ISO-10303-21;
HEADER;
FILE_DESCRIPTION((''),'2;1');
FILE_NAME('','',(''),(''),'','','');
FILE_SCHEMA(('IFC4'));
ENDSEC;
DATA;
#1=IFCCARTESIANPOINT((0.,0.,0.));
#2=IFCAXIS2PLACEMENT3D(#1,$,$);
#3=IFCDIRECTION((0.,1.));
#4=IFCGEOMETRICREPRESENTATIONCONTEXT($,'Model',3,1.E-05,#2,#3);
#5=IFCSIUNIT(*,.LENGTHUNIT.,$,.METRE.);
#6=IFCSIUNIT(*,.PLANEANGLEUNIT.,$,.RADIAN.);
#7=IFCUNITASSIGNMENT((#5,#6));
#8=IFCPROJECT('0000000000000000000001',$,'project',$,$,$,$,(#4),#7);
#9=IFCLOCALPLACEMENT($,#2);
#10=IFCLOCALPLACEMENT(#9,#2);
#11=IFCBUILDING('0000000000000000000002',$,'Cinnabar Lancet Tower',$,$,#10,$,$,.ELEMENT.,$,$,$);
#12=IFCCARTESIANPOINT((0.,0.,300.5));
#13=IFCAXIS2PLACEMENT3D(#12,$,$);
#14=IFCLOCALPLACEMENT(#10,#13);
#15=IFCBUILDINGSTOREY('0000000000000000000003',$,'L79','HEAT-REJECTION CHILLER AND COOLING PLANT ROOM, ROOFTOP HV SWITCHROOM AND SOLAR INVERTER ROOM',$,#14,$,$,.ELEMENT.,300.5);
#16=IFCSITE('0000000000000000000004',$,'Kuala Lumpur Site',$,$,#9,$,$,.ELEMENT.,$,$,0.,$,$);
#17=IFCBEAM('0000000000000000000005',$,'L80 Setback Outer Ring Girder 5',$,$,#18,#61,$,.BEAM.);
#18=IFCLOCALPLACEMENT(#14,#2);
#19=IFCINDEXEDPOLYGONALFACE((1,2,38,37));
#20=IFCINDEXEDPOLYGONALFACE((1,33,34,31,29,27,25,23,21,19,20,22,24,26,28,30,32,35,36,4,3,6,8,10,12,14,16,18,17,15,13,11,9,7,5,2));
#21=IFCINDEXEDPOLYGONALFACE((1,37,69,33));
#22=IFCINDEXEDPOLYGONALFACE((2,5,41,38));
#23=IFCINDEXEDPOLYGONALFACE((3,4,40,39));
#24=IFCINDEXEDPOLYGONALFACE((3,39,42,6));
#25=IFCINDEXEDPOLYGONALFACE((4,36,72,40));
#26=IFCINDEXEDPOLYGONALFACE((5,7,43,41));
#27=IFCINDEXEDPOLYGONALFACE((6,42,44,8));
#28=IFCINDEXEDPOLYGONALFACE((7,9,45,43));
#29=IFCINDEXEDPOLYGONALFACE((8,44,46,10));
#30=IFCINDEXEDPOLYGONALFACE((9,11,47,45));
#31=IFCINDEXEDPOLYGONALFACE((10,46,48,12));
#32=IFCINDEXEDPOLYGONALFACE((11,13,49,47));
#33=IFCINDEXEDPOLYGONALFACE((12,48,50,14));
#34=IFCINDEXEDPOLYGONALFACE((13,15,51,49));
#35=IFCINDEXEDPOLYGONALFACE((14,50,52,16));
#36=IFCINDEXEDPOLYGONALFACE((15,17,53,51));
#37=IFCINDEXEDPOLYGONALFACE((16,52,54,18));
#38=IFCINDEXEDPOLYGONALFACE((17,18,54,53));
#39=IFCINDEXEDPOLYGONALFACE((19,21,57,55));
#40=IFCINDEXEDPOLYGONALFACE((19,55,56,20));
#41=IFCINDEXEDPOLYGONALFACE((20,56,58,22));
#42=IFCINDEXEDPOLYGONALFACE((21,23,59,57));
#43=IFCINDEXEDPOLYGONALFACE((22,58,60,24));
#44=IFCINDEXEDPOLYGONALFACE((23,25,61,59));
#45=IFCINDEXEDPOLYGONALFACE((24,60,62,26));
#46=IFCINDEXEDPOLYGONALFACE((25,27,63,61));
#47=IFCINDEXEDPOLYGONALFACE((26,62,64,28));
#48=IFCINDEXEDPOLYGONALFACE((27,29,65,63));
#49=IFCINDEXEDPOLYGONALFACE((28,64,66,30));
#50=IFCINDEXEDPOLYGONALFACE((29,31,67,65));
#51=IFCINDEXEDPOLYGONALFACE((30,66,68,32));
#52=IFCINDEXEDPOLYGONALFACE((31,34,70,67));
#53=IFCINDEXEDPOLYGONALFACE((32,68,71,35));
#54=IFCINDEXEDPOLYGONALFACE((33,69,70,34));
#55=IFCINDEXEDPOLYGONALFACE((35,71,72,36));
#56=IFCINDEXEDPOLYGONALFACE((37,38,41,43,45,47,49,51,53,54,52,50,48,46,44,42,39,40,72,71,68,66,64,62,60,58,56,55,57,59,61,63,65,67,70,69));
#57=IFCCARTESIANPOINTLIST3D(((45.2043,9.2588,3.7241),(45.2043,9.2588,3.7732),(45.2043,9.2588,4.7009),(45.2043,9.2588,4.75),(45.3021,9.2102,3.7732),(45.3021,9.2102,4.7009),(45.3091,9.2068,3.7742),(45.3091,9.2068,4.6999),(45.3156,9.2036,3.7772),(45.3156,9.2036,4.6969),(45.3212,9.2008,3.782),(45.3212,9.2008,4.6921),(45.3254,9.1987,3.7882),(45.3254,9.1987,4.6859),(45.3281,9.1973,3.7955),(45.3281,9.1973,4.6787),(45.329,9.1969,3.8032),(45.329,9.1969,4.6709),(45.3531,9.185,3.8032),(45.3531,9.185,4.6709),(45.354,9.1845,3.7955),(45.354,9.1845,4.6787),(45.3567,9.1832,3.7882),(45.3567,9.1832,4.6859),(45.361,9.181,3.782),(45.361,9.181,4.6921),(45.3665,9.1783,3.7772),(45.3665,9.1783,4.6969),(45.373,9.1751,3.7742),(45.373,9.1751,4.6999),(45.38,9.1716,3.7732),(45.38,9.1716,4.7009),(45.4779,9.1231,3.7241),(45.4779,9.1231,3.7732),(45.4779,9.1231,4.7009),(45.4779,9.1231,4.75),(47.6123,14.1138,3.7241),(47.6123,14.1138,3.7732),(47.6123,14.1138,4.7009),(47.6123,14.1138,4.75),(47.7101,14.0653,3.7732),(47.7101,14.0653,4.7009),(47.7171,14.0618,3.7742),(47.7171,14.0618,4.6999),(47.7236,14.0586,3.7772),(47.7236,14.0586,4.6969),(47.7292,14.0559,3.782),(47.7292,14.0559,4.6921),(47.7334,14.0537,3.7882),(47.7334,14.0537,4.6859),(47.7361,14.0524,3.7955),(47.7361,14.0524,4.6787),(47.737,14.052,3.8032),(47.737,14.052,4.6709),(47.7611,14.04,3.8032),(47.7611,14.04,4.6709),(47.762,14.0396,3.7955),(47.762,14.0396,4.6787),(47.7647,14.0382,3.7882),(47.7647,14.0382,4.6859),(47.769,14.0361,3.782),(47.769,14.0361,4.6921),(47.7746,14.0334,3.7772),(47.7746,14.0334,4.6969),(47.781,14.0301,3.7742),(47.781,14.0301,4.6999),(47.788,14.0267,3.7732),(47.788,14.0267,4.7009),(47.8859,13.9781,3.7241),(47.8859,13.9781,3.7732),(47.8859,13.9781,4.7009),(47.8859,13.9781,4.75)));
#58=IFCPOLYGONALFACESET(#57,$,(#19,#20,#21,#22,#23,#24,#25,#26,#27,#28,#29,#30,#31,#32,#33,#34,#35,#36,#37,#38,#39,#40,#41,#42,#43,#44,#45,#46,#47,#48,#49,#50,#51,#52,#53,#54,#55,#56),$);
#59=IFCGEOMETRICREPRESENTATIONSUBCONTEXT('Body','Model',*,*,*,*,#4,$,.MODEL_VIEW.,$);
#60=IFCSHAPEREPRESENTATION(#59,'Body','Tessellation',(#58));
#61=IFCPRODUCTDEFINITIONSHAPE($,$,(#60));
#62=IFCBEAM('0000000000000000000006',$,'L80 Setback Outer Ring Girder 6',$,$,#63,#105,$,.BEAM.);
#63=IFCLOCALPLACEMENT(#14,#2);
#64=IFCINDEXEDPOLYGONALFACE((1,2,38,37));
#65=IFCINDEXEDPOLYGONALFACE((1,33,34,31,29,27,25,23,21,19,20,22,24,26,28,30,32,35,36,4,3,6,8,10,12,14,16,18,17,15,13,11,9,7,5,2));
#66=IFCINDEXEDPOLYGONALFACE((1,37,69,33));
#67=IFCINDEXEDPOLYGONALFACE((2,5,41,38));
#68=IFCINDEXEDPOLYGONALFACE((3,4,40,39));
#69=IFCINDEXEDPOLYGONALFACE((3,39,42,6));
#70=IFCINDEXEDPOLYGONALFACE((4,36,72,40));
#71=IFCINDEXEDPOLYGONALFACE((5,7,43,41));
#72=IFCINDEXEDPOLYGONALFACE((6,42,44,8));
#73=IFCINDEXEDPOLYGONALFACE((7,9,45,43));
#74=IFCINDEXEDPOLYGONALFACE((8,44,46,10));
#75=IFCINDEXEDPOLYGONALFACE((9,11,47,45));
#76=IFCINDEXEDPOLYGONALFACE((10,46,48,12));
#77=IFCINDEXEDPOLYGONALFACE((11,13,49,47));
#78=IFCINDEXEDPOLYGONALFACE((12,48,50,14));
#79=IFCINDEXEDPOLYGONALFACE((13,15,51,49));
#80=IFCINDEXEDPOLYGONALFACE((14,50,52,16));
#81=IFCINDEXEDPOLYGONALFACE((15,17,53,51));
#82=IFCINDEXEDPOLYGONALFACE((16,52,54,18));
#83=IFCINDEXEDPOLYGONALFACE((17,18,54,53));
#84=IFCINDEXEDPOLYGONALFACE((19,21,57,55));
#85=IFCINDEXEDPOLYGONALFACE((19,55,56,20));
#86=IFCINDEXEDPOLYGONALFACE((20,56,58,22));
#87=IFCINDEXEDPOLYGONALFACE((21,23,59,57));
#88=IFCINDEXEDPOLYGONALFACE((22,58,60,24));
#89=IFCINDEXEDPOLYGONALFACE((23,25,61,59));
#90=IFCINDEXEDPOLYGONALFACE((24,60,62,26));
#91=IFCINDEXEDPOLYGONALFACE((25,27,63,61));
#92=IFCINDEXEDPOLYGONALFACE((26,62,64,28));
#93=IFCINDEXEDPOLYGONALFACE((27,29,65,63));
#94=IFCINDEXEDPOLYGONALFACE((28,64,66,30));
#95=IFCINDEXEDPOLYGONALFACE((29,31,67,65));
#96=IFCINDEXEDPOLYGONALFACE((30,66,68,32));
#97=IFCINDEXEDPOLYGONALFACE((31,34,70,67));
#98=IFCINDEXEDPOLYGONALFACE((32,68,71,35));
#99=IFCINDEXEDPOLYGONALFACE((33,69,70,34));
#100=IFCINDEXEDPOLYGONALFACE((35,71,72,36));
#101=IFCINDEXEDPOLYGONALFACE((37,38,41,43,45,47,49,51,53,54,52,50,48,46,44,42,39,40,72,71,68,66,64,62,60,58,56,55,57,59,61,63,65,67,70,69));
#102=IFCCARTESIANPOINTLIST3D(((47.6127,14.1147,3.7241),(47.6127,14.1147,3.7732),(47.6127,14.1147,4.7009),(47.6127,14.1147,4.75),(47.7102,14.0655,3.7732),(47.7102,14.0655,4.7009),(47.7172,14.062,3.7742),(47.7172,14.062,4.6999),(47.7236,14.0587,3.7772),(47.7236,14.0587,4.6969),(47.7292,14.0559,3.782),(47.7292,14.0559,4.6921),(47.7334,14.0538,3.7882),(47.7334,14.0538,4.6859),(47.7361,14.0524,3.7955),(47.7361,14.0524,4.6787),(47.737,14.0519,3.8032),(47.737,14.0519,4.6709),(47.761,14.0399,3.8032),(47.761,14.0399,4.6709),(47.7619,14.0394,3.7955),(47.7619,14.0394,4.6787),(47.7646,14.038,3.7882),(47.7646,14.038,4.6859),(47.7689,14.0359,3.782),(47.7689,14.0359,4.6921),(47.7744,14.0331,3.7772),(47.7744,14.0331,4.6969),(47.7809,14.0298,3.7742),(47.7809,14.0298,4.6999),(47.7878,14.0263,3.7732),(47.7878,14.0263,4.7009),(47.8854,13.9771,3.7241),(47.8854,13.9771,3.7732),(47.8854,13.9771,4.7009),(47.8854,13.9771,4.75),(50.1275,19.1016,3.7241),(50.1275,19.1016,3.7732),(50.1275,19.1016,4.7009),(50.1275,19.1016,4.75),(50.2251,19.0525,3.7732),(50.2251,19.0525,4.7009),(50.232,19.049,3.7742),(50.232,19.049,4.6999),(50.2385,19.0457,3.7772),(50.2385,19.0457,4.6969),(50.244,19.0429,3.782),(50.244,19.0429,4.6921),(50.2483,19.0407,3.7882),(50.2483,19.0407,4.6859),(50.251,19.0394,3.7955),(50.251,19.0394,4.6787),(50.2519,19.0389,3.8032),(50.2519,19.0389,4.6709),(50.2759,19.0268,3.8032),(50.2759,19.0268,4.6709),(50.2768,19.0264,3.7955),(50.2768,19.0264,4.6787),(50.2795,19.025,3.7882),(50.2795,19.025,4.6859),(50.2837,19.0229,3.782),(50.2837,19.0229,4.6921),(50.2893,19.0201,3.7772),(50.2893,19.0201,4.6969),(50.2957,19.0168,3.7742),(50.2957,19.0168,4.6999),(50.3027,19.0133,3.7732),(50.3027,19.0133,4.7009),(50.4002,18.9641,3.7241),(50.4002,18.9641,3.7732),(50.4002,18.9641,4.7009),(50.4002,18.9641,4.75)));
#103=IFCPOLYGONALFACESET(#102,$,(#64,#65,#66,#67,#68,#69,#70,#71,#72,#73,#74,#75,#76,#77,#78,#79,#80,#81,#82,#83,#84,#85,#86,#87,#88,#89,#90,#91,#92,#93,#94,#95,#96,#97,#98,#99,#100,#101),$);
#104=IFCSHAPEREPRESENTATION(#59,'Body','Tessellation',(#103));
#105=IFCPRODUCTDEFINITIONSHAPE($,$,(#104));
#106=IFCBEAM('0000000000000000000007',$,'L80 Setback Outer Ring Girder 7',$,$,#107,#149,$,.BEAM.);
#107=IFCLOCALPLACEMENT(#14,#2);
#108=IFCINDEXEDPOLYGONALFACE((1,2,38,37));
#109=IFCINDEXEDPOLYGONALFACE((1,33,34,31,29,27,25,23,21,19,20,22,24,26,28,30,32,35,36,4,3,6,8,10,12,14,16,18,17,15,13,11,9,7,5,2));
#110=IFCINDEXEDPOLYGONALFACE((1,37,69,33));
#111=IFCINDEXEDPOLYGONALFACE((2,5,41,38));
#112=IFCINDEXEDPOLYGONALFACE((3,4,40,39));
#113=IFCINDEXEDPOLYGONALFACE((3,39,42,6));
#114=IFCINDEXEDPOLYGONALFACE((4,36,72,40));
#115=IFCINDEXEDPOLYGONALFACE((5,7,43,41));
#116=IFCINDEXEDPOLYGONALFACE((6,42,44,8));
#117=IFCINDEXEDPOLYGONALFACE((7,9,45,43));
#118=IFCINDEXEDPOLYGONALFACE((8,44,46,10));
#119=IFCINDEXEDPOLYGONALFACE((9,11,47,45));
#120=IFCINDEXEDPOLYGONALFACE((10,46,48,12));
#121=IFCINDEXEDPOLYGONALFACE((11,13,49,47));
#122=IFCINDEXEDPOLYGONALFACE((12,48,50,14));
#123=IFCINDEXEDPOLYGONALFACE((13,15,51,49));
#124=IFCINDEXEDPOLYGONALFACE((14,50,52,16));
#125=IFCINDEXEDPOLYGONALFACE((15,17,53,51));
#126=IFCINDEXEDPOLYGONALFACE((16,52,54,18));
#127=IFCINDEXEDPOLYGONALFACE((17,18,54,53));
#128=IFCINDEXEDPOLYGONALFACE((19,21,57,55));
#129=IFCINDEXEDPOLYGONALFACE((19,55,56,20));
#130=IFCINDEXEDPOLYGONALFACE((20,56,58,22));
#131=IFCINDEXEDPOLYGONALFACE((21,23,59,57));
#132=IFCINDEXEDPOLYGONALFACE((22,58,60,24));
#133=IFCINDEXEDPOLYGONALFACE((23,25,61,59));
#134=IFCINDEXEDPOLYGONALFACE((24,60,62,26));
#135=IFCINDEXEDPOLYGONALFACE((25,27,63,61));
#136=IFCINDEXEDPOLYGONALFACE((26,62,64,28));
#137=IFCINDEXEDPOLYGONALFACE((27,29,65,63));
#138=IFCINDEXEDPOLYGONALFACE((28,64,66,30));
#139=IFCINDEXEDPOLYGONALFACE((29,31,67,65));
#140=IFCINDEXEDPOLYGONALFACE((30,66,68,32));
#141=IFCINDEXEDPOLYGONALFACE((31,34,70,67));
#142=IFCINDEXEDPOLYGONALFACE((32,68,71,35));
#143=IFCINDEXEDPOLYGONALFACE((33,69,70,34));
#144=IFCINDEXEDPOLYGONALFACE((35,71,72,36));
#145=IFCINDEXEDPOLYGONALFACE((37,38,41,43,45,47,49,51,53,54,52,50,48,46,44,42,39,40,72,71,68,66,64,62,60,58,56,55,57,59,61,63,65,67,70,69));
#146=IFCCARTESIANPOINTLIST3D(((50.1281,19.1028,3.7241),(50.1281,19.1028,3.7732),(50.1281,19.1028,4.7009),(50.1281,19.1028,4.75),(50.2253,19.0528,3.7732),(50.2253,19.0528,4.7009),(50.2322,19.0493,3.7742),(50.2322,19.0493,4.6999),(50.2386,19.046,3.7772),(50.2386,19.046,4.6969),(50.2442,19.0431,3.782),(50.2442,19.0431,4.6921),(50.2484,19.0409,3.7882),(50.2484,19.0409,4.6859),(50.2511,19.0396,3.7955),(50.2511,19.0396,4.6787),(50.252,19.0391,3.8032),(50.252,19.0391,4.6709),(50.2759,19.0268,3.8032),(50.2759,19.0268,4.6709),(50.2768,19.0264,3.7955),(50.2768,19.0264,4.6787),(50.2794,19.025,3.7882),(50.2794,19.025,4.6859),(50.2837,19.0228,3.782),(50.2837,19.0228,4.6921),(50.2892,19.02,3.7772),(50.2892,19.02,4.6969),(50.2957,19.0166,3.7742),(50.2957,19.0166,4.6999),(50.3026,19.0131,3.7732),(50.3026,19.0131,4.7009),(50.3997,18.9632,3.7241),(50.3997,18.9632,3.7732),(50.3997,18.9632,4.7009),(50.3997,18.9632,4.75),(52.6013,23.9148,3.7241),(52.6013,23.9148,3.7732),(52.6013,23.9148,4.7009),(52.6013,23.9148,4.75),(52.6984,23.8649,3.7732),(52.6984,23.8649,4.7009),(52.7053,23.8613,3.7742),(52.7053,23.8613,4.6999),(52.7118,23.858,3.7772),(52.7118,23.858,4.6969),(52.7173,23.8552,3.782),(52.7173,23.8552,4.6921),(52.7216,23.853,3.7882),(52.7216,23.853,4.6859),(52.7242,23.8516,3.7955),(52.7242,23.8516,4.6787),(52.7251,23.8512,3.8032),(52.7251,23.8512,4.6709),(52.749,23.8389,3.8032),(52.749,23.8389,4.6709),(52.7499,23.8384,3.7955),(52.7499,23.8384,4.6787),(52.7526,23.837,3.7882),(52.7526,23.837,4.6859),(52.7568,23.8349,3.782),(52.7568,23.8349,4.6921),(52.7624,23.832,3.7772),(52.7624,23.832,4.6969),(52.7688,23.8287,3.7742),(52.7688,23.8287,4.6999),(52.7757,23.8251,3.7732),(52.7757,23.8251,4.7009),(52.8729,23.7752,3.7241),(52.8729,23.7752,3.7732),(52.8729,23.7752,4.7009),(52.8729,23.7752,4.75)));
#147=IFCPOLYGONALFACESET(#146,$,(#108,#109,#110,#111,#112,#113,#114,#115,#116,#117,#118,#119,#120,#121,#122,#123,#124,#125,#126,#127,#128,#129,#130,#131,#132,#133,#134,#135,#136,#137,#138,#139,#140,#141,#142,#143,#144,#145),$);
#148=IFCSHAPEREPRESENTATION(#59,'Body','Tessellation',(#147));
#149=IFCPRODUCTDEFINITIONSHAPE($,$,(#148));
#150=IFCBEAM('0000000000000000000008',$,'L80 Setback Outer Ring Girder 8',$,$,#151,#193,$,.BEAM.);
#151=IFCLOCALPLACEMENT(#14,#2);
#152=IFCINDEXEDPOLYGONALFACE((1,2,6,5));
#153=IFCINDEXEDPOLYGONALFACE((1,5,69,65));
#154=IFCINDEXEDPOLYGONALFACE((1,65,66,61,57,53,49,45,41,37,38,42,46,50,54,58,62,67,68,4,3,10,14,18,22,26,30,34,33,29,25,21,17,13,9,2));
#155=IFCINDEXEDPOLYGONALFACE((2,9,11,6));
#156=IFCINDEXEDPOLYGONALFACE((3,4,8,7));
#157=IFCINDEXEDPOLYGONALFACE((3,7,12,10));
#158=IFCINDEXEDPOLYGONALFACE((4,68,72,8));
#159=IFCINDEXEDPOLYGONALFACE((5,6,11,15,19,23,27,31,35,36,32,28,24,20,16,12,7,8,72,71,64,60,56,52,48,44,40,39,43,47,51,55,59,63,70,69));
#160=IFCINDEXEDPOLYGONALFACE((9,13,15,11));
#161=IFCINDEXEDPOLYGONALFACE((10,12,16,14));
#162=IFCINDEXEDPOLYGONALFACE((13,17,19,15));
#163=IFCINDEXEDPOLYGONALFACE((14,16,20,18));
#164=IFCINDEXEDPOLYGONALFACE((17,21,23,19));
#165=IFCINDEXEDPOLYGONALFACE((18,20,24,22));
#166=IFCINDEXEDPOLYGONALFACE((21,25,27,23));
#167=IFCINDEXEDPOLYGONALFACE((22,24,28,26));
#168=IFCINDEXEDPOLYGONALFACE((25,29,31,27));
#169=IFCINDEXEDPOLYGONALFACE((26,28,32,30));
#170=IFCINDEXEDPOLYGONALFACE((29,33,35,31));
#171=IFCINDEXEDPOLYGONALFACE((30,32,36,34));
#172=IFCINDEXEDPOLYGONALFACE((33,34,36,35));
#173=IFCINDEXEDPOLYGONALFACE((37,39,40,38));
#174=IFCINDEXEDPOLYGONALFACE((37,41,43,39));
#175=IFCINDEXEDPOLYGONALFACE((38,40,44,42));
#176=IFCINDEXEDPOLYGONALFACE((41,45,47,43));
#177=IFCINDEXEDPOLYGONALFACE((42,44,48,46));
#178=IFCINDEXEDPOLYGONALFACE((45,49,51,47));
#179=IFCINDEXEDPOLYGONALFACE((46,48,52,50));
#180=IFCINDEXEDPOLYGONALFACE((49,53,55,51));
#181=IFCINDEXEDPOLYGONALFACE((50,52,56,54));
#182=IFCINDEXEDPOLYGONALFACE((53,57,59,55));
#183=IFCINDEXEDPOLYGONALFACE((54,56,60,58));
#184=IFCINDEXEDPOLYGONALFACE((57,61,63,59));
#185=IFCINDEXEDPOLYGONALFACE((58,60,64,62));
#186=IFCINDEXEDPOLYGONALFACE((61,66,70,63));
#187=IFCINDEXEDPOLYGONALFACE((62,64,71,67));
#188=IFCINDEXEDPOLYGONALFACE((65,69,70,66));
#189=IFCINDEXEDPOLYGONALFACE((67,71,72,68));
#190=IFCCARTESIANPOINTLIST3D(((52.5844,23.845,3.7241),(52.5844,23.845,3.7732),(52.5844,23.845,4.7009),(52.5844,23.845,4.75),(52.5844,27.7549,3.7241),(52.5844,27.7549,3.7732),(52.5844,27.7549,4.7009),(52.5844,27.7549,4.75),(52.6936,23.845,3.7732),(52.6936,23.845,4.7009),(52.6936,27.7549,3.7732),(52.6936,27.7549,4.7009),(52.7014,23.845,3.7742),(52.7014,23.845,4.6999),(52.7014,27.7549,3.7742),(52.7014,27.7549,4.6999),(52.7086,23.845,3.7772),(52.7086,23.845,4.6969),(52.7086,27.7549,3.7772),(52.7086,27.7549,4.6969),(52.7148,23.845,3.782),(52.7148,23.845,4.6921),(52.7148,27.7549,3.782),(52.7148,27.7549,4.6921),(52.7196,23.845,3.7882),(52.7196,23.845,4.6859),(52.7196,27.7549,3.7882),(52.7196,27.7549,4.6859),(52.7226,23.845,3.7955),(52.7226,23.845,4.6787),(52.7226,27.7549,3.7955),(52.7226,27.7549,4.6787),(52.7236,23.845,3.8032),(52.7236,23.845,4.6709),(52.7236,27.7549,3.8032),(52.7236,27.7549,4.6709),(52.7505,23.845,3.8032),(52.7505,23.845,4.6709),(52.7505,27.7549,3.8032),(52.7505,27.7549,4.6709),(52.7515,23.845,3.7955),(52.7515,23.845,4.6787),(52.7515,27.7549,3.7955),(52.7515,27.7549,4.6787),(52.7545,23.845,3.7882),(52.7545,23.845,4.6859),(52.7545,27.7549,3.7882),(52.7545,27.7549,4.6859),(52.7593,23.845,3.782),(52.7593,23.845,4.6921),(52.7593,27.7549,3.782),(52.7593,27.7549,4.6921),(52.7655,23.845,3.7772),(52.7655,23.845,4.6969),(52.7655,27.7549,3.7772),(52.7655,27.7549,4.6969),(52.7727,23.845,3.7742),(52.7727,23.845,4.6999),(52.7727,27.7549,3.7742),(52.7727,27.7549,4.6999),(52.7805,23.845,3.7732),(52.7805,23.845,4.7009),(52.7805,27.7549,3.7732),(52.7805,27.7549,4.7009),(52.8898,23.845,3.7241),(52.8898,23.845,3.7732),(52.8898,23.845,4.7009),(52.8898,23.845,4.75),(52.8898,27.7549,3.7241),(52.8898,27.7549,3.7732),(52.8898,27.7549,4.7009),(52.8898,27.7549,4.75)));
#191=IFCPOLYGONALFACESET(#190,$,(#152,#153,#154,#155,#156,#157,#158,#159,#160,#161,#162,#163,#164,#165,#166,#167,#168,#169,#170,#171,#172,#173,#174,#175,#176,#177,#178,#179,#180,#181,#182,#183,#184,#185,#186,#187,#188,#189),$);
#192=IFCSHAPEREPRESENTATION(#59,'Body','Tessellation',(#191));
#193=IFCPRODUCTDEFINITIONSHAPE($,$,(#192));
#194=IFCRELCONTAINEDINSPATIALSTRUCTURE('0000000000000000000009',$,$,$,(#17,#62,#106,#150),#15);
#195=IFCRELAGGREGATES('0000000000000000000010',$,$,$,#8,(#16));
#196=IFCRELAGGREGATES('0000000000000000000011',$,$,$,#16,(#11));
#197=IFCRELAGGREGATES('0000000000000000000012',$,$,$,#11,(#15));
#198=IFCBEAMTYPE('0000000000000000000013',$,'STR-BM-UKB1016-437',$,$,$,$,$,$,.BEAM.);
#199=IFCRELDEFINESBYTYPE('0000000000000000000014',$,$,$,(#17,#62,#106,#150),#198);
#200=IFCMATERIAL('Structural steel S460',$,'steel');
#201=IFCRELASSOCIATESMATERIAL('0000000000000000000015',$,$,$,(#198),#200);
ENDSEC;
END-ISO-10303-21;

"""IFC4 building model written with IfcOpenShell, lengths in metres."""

from ifc_helpers import new_model, si_unit, direction, frame, origin, origin_2d, place, context, subcontext, project, spatial, i_section, extrude, material, material_profile, profile_set, type_object, element, save


model = new_model("IFC4")

# Units and contexts
model_context = context("Model", 3, precision=1e-05, world=origin(), true_north=direction((0.0, 1.0)))
body_context = subcontext(model_context, "Body", "Model", "MODEL_VIEW")
ifc_project = project(units=[si_unit("LENGTHUNIT", "METRE"), si_unit("PLANEANGLEUNIT", "RADIAN")], contexts=[model_context])

# Site, building, storey
site_placement = place(None, origin())
site = spatial("IfcSite", under=ifc_project, at=site_placement, Name="Kuala Lumpur Site", CompositionType="ELEMENT", RefElevation=0.0)
building_placement = place(site_placement, origin())
building = spatial("IfcBuilding", under=site, at=building_placement, Name="Cinnabar Lancet Tower", CompositionType="ELEMENT")
storey_placement = place(building_placement, frame((0.0, 0.0, 300.5)))
storey = spatial("IfcBuildingStorey", under=building, at=storey_placement, Name="L79", Description="HEAT-REJECTION CHILLER AND COOLING PLANT ROOM, ROOFTOP HV SWITCHROOM AND SOLAR INVERTER ROOM", CompositionType="ELEMENT", Elevation=300.5)

# Beams
ifc_material_1 = material(Name="Structural steel S460", Category="steel")
ifc_material_profile_1 = material_profile(ifc_material_1, i_section(OverallWidth=0.3054, OverallDepth=1.0259, WebThickness=0.0269, FlangeThickness=0.0491, FilletRadius=0.03, at=origin_2d()), Name="UKB 1016x305x437")
ifc_profile_set_1 = profile_set([ifc_material_profile_1], Name="Structural steel S460")
beam_type_1 = type_object("IfcBeamType", Name="STR-BM-UKB1016-437", PredefinedType="BEAM", material=ifc_profile_set_1)
beam_1_placement = place(storey_placement, frame((45.3411, 9.1909, 4.2371), z_axis=(0.444328, 0.895864, 0.0), x_axis=(-0.895864, 0.444328, 0.0)))
element("IfcBeam", 1, at=beam_1_placement, inside=storey, type_object=beam_type_1, Name="L80 Setback Outer Ring Girder 5", PredefinedType="BEAM", context=body_context, shape_type="SweptSolid", body=[
    extrude(i_section(OverallWidth=0.3054, OverallDepth=1.0259, WebThickness=0.0269, FlangeThickness=0.0491, FilletRadius=0.03, at=origin_2d()), origin(), (0.0, 0.0, 1.0), 5.4194),
])
beam_2_placement = place(storey_placement, frame((47.749, 14.0459, 4.2371), z_axis=(0.450271, 0.892892, 0.0), x_axis=(-0.892892, 0.450271, 0.0)))
element("IfcBeam", 2, at=beam_2_placement, inside=storey, type_object=beam_type_1, Name="L80 Setback Outer Ring Girder 6", PredefinedType="BEAM", context=body_context, shape_type="SweptSolid", body=[
    extrude(i_section(OverallWidth=0.3054, OverallDepth=1.0259, WebThickness=0.0269, FlangeThickness=0.0491, FilletRadius=0.03, at=origin_2d()), origin(), (0.0, 0.0, 1.0), 5.5852),
])
beam_3_placement = place(storey_placement, frame((50.2639, 19.033, 4.2371), z_axis=(0.457113, 0.889408, 0.0), x_axis=(-0.889408, 0.457113, 0.0)))
element("IfcBeam", 3, at=beam_3_placement, inside=storey, type_object=beam_type_1, Name="L80 Setback Outer Ring Girder 7", PredefinedType="BEAM", context=body_context, shape_type="SweptSolid", body=[
    extrude(i_section(OverallWidth=0.3054, OverallDepth=1.0259, WebThickness=0.0269, FlangeThickness=0.0491, FilletRadius=0.03, at=origin_2d()), origin(), (0.0, 0.0, 1.0), 5.4104),
])
beam_4_placement = place(storey_placement, frame((52.7371, 23.845, 4.2371), z_axis=(0.0, 1.0, 0.0), x_axis=(-1.0, 0.0, 0.0)))
element("IfcBeam", 4, at=beam_4_placement, inside=storey, type_object=beam_type_1, Name="L80 Setback Outer Ring Girder 8", PredefinedType="BEAM", context=body_context, shape_type="SweptSolid", body=[
    extrude(i_section(OverallWidth=0.3054, OverallDepth=1.0259, WebThickness=0.0269, FlangeThickness=0.0491, FilletRadius=0.03, at=origin_2d()), origin(), (0.0, 0.0, 1.0), 3.9099),
])

save(model, "model.ifc")
